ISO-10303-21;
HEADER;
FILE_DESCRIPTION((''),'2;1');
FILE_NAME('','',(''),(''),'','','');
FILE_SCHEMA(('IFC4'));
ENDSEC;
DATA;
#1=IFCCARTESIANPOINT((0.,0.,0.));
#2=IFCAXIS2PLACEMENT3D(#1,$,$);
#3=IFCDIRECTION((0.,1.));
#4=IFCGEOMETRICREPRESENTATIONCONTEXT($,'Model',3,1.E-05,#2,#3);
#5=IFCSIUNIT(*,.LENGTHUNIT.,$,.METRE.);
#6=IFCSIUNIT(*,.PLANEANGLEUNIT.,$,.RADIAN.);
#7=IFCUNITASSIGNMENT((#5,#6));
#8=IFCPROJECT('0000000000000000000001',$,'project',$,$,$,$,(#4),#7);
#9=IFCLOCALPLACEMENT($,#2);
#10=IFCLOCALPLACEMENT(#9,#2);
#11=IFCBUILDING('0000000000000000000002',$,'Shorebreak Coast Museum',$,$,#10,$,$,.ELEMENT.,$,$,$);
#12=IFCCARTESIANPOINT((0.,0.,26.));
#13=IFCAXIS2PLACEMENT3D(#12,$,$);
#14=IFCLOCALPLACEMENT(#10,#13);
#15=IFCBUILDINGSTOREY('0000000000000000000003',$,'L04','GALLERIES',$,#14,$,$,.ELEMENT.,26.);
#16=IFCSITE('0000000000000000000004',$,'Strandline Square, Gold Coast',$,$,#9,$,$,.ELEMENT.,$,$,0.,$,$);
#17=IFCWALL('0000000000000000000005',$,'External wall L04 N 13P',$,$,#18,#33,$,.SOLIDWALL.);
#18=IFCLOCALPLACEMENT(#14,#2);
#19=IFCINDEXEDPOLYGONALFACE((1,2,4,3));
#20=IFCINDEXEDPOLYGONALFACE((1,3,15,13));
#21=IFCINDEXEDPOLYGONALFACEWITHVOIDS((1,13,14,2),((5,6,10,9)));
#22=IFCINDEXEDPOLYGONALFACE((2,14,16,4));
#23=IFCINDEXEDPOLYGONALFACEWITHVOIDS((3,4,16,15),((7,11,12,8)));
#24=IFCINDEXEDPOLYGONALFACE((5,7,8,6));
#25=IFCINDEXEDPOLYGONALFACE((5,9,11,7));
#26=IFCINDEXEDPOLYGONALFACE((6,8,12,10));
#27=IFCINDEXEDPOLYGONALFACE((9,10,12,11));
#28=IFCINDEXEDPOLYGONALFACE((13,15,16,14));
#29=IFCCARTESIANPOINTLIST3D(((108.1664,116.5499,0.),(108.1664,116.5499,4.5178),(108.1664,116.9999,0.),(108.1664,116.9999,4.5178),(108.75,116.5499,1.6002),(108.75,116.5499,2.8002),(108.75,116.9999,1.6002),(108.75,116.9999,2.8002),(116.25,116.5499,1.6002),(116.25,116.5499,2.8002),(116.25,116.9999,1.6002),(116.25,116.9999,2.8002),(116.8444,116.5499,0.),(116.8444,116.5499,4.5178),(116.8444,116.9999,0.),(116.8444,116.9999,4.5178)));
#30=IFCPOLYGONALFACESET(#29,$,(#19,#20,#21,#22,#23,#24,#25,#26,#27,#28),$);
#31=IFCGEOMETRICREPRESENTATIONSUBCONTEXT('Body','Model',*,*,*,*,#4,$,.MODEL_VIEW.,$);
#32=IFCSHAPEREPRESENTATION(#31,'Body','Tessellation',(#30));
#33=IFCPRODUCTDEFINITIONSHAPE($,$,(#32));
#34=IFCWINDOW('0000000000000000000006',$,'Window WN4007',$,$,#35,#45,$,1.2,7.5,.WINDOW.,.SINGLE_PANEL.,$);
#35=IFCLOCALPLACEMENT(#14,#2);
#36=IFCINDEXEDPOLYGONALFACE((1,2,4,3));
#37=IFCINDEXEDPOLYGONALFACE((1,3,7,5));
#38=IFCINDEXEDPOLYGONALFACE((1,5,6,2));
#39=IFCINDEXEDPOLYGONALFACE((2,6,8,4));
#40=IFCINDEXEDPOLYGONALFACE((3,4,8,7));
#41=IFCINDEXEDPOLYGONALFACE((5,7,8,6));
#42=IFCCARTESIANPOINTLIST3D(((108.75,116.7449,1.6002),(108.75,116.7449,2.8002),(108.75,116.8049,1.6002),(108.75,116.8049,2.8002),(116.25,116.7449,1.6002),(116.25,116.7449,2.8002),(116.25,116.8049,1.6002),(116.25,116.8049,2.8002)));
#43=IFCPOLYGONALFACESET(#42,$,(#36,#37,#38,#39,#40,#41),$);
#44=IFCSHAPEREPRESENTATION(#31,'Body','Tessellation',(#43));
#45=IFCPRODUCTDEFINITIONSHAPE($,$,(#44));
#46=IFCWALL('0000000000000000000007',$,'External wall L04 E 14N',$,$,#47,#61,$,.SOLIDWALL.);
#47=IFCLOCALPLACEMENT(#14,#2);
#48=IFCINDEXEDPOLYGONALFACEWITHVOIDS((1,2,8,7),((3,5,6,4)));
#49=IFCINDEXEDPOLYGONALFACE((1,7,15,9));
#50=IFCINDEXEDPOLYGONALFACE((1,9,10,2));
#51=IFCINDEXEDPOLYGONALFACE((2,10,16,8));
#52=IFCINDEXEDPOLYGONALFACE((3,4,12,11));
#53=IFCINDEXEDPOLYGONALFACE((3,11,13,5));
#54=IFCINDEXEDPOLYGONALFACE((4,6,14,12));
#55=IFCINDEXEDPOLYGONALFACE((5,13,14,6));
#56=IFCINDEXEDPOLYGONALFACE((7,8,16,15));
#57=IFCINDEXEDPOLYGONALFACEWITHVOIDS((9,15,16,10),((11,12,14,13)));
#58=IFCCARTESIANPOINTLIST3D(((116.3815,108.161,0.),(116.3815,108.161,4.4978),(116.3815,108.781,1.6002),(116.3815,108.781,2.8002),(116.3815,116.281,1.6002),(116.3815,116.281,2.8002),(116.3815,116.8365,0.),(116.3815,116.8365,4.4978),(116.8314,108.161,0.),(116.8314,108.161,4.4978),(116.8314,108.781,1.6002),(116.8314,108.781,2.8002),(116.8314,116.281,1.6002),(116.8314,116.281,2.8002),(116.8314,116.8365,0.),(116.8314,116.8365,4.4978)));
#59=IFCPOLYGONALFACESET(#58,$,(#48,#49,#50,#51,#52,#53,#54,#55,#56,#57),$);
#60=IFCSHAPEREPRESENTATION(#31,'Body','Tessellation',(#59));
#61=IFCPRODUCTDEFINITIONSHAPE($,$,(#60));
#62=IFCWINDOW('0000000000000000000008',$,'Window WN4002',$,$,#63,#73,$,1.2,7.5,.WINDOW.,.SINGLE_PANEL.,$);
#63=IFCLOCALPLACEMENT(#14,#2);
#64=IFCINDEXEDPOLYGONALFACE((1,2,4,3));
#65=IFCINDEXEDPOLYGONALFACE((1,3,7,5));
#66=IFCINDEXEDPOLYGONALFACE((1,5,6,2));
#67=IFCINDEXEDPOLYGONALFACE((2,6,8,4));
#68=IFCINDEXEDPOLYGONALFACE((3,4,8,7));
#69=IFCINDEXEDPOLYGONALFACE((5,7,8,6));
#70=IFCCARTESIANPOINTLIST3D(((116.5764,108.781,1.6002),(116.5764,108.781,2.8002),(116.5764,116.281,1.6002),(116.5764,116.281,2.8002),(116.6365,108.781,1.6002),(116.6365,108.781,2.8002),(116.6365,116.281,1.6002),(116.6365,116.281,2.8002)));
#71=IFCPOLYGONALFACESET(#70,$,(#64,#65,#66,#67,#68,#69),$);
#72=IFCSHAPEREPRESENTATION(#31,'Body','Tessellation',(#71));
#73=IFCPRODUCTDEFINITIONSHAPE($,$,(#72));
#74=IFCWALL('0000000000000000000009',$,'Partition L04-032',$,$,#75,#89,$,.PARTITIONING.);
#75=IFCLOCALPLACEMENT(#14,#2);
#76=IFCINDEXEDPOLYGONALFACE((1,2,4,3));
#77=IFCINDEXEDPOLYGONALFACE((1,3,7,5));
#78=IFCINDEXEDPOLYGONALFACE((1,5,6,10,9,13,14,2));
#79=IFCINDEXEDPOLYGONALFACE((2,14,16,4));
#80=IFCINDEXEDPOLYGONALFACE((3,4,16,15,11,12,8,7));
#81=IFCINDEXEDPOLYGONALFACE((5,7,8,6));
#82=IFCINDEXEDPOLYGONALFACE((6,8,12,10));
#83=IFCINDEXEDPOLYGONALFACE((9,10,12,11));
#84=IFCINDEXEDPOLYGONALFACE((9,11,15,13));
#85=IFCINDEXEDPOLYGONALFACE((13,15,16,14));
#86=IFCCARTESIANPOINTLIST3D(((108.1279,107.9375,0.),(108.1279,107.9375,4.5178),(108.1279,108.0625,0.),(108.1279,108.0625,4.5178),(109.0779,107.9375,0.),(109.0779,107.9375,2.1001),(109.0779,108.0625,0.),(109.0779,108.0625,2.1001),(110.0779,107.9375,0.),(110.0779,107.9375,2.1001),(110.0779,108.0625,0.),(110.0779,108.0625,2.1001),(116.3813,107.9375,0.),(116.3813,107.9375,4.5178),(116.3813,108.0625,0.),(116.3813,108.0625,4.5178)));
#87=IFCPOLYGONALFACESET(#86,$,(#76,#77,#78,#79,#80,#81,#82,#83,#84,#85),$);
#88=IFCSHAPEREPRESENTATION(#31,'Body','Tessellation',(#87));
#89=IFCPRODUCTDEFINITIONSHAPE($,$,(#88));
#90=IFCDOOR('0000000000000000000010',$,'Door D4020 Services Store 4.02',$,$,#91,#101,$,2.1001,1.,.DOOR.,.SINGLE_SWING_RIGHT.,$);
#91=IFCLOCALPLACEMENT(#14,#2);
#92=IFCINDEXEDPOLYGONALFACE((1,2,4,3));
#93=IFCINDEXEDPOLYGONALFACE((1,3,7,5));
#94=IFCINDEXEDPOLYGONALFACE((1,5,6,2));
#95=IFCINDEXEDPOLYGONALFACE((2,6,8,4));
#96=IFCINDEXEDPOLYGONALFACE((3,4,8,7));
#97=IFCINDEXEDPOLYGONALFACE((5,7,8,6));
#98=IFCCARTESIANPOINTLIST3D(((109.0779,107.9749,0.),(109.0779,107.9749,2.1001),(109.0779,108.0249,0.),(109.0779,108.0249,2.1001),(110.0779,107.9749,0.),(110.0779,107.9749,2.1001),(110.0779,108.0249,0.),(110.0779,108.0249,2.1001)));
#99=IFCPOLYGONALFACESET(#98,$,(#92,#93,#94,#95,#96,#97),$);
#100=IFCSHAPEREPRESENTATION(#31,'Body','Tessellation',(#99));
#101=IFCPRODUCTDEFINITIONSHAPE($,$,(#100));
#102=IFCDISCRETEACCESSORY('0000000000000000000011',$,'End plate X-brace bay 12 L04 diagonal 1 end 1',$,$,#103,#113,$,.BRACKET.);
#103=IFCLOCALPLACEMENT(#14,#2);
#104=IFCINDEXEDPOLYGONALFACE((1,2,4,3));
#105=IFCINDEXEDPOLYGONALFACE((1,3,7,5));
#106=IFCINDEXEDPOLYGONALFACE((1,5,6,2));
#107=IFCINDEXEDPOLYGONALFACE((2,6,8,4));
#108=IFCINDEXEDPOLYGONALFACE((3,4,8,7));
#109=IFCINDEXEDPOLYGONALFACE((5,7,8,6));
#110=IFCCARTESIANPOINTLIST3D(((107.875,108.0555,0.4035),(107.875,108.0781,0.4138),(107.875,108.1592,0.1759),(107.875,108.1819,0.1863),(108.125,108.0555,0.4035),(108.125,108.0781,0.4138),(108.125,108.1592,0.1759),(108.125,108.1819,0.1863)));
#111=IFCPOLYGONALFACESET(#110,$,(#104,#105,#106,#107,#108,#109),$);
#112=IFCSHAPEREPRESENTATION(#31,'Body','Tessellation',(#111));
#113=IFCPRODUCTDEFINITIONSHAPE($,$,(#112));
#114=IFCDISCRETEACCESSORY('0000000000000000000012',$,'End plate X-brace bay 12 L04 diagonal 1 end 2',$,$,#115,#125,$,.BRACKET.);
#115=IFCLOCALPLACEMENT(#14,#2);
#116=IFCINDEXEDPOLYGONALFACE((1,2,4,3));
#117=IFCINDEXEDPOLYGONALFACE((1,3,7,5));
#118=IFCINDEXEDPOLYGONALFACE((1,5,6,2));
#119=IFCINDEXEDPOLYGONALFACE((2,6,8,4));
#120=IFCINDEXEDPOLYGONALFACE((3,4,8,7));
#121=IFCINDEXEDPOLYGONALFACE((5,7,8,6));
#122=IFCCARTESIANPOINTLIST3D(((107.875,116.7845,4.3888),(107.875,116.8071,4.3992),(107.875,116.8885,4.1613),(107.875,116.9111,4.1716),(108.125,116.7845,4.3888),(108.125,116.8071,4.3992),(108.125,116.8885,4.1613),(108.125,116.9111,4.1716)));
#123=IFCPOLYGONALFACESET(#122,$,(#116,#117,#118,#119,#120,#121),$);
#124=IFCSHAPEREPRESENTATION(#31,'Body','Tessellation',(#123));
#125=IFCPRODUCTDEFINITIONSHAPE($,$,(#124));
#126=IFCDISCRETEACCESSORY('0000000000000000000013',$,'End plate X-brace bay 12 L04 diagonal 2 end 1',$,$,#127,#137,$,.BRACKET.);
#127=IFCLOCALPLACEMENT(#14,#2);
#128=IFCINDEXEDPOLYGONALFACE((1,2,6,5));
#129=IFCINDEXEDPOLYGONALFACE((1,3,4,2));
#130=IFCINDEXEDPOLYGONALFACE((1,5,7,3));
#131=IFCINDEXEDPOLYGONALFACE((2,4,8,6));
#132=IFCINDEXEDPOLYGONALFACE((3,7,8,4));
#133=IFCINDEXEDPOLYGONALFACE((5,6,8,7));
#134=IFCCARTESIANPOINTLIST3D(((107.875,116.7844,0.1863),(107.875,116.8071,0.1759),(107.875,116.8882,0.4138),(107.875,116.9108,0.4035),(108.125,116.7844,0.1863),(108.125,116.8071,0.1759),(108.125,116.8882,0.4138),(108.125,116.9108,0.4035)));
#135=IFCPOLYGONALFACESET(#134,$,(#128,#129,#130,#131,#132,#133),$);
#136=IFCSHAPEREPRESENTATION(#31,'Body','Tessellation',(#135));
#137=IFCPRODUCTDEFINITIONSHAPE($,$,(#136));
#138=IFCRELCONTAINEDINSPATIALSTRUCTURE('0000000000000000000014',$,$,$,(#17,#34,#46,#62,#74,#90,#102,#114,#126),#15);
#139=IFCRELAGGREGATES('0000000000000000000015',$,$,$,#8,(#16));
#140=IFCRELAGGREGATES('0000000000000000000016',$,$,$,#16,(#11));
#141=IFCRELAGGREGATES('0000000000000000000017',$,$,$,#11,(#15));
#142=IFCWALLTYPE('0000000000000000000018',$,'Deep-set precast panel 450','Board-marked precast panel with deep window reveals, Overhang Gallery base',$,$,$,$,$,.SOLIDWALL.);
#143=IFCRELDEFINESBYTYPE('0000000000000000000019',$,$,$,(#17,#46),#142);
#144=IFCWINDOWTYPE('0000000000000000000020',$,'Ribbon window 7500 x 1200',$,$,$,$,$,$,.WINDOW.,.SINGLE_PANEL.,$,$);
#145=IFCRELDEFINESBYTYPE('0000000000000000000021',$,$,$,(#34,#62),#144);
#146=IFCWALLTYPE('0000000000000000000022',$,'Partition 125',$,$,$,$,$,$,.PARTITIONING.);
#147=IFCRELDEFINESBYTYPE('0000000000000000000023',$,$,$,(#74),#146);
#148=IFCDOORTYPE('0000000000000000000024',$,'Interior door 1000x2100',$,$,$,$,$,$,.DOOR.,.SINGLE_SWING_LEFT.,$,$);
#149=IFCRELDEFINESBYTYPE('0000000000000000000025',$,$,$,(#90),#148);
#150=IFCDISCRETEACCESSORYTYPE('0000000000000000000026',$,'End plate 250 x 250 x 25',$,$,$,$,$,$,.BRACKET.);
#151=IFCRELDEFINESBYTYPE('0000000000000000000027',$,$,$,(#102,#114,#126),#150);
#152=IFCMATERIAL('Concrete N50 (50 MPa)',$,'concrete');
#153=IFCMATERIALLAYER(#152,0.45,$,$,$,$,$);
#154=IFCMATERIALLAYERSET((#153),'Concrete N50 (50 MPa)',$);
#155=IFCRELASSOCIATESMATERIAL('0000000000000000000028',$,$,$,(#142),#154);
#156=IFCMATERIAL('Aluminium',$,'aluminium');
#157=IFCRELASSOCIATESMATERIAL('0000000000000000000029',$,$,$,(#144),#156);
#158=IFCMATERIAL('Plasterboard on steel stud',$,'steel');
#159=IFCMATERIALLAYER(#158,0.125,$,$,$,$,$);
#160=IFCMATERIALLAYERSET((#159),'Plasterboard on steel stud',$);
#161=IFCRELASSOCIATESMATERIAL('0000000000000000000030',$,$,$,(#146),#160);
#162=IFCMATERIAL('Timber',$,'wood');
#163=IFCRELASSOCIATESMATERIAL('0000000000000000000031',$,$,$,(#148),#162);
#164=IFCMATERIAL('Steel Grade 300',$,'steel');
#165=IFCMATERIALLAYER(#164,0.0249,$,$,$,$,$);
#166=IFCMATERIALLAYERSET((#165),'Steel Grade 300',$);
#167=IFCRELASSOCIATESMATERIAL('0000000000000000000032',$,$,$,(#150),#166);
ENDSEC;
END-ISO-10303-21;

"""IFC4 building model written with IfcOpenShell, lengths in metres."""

from ifc_helpers import new_model, si_unit, direction, frame, frame_2d, origin, place, context, subcontext, project, spatial, polyline, rectangle, outline, extrude, material, layer, layer_set, type_object, element, fill, save


model = new_model("IFC4")

# Units and contexts
model_context = context("Model", 3, precision=1e-05, world=origin(), true_north=direction((0.0, 1.0)))
body_context = subcontext(model_context, "Body", "Model", "MODEL_VIEW")
ifc_project = project(units=[si_unit("LENGTHUNIT", "METRE"), si_unit("PLANEANGLEUNIT", "RADIAN")], contexts=[model_context])

# Site, building, storey
site_placement = place(None, origin())
site = spatial("IfcSite", under=ifc_project, at=site_placement, Name="Strandline Square, Gold Coast", CompositionType="ELEMENT", RefElevation=0.0)
building_placement = place(site_placement, origin())
building = spatial("IfcBuilding", under=site, at=building_placement, Name="Shorebreak Coast Museum", CompositionType="ELEMENT")
storey_placement = place(building_placement, frame((0.0, 0.0, 26.0)))
storey = spatial("IfcBuildingStorey", under=building, at=storey_placement, Name="L04", Description="GALLERIES", CompositionType="ELEMENT", Elevation=26.0)

# Walls, openings, windows
ifc_material_1 = material(Name="Concrete N50 (50 MPa)", Category="concrete")
ifc_layer_1 = layer(ifc_material_1, 0.45)
ifc_layer_set_1 = layer_set([ifc_layer_1], Name="Concrete N50 (50 MPa)")
wall_type_1 = type_object("IfcWallType", Name="Deep-set precast panel 450", Description="Board-marked precast panel with deep window reveals, Overhang Gallery base", PredefinedType="SOLIDWALL", material=ifc_layer_set_1)
wall_1_placement = place(storey_placement, frame((108.1665, 116.7749, 0.0), z_axis=(0.0, 0.0, 1.0), x_axis=(1.0, 0.0, 0.0)))
wall_1 = element("IfcWall", 1, at=wall_1_placement, inside=storey, type_object=wall_type_1, Name="External wall L04 N 13P", PredefinedType="SOLIDWALL", context=body_context, shape_type="SweptSolid", body=[
    extrude(rectangle(XDim=8.678, YDim=0.45, at=frame_2d((4.3389, 0.0))), origin(), (0.0, 0.0, 1.0), 4.5178),
])
opening_1_placement = place(wall_1_placement, frame((0.5835, 0.0, 1.6001)))
opening_1 = element("IfcOpeningElement", 2, at=opening_1_placement, cuts=wall_1, PredefinedType="OPENING", context=body_context, shape_type="SweptSolid", body=[
    extrude(rectangle(XDim=7.5, YDim=1.2, at=frame_2d((3.75, 0.6001))), frame((0.0, 0.2349, 0.0), z_axis=(0.0, -1.0, 0.0), x_axis=(1.0, 0.0, 0.0)), (0.0, 0.0, 1.0), 0.47),
])
ifc_material_2 = material(Name="Aluminium", Category="aluminium")
window_type = type_object("IfcWindowType", Name="Ribbon window 7500 x 1200", PartitioningType="SINGLE_PANEL", PredefinedType="WINDOW", material=ifc_material_2)
window_1_placement = place(opening_1_placement, origin())
window_1 = element("IfcWindow", 3, at=window_1_placement, inside=storey, type_object=window_type, Name="Window WN4007", OverallHeight=1.2, OverallWidth=7.5, PartitioningType="SINGLE_PANEL", PredefinedType="WINDOW", context=body_context, shape_type="SweptSolid", body=[
    extrude(rectangle(XDim=7.5, YDim=1.2, at=frame_2d((3.75, 0.6001))), frame((0.0, 0.03, 0.0), z_axis=(0.0, -1.0, 0.0), x_axis=(1.0, 0.0, 0.0)), (0.0, 0.0, 1.0), 0.0601),
])
fill(opening_1, window_1)
wall_2_placement = place(storey_placement, frame((116.6064, 108.1609, 0.0), z_axis=(0.0, 0.0, 1.0), x_axis=(0.0, 1.0, 0.0)))
wall_2 = element("IfcWall", 4, at=wall_2_placement, inside=storey, type_object=wall_type_1, Name="External wall L04 E 14N", PredefinedType="SOLIDWALL", context=body_context, shape_type="SweptSolid", body=[
    extrude(rectangle(XDim=8.6755, YDim=0.45, at=frame_2d((4.3379, 0.0))), origin(), (0.0, 0.0, 1.0), 4.4978),
])
opening_2_placement = place(wall_2_placement, frame((0.6201, 0.0, 1.6001)))
opening_2 = element("IfcOpeningElement", 5, at=opening_2_placement, cuts=wall_2, PredefinedType="OPENING", context=body_context, shape_type="SweptSolid", body=[
    extrude(rectangle(XDim=7.5, YDim=1.2, at=frame_2d((3.75, 0.6001))), frame((0.0, 0.2349, 0.0), z_axis=(0.0, -1.0, 0.0), x_axis=(1.0, 0.0, 0.0)), (0.0, 0.0, 1.0), 0.47),
])
window_2_placement = place(opening_2_placement, origin())
window_2 = element("IfcWindow", 6, at=window_2_placement, inside=storey, type_object=window_type, Name="Window WN4002", OverallHeight=1.2, OverallWidth=7.5, PartitioningType="SINGLE_PANEL", PredefinedType="WINDOW", context=body_context, shape_type="SweptSolid", body=[
    extrude(rectangle(XDim=7.5, YDim=1.2, at=frame_2d((3.75, 0.6001))), frame((0.0, 0.03, 0.0), z_axis=(0.0, -1.0, 0.0), x_axis=(1.0, 0.0, 0.0)), (0.0, 0.0, 1.0), 0.0601),
])
fill(opening_2, window_2)

# Wall, opening, door
ifc_material_3 = material(Name="Plasterboard on steel stud", Category="steel")
ifc_layer_2 = layer(ifc_material_3, 0.125)
ifc_layer_set_2 = layer_set([ifc_layer_2], Name="Plasterboard on steel stud")
wall_type_2 = type_object("IfcWallType", Name="Partition 125", PredefinedType="PARTITIONING", material=ifc_layer_set_2)
wall_3_placement = place(storey_placement, frame((108.1279, 108.0, 0.0), z_axis=(0.0, 0.0, 1.0), x_axis=(1.0, 0.0, 0.0)))
wall_3 = element("IfcWall", 7, at=wall_3_placement, inside=storey, type_object=wall_type_2, Name="Partition L04-032", PredefinedType="PARTITIONING", context=body_context, shape_type="SweptSolid", body=[
    extrude(rectangle(XDim=8.2534, YDim=0.125, at=frame_2d((4.1267, 0.0))), origin(), (0.0, 0.0, 1.0), 4.5178),
])
opening_3_placement = place(wall_3_placement, frame((0.95, 0.0, 0.0)))
opening_3 = element("IfcOpeningElement", 8, at=opening_3_placement, cuts=wall_3, PredefinedType="OPENING", context=body_context, shape_type="SweptSolid", body=[
    extrude(rectangle(XDim=1.0, YDim=2.1001, at=frame_2d((0.5, 1.05))), frame((0.0, 0.0725, 0.0), z_axis=(0.0, -1.0, 0.0), x_axis=(1.0, 0.0, 0.0)), (0.0, 0.0, 1.0), 0.145),
])
ifc_material_4 = material(Name="Timber", Category="wood")
door_type = type_object("IfcDoorType", Name="Interior door 1000x2100", OperationType="SINGLE_SWING_LEFT", PredefinedType="DOOR", material=ifc_material_4)
door_placement = place(opening_3_placement, origin())
door = element("IfcDoor", 9, at=door_placement, inside=storey, type_object=door_type, Name="Door D4020 Services Store 4.02", OperationType="SINGLE_SWING_RIGHT", OverallHeight=2.1001, OverallWidth=1.0, PredefinedType="DOOR", context=body_context, shape_type="SweptSolid", body=[
    extrude(rectangle(XDim=1.0, YDim=2.1001, at=frame_2d((0.5, 1.05))), frame((0.0, 0.0249, 0.0), z_axis=(0.0, -1.0, 0.0), x_axis=(1.0, 0.0, 0.0)), (0.0, 0.0, 1.0), 0.05),
])
fill(opening_3, door)

# Discrete accessories
ifc_material_5 = material(Name="Steel Grade 300", Category="steel")
ifc_layer_3 = layer(ifc_material_5, 0.0249)
ifc_layer_set_3 = layer_set([ifc_layer_3], Name="Steel Grade 300")
discrete_accessory_type = type_object("IfcDiscreteAccessoryType", Name="End plate 250 x 250 x 25", PredefinedType="BRACKET", material=ifc_layer_set_3)
discrete_accessory_1_placement = place(storey_placement, frame((108.125, 108.1819, 0.1863), z_axis=(0.0, 0.909864, 0.414906), x_axis=(-1.0, 0.0, 0.0)))
element("IfcDiscreteAccessory", 10, at=discrete_accessory_1_placement, inside=storey, type_object=discrete_accessory_type, Name="End plate X-brace bay 12 L04 diagonal 1 end 1", PredefinedType="BRACKET", context=body_context, shape_type="SweptSolid", body=[
    extrude(outline(polyline([(0.0, 0.0), (0.25, 0.0), (0.25, 0.2501), (0.0, 0.2501), (0.0, 0.0)])), origin(), (0.0, 0.0, -1.0), 0.0249),
])
discrete_accessory_2_placement = place(storey_placement, frame((108.125, 116.9111, 4.1716), z_axis=(0.0, 0.909496, 0.415714), x_axis=(-1.0, 0.0, 0.0)))
element("IfcDiscreteAccessory", 11, at=discrete_accessory_2_placement, inside=storey, type_object=discrete_accessory_type, Name="End plate X-brace bay 12 L04 diagonal 1 end 2", PredefinedType="BRACKET", context=body_context, shape_type="SweptSolid", body=[
    extrude(outline(polyline([(0.0, 0.0), (0.25, 0.0), (0.25, 0.2502), (0.0, 0.2502), (0.0, 0.0)])), origin(), (0.0, 0.0, -1.0), 0.0249),
])
discrete_accessory_3_placement = place(storey_placement, frame((107.875, 116.7844, 0.1863), z_axis=(0.0, -0.909864, 0.414906), x_axis=(1.0, 0.0, 0.0)))
element("IfcDiscreteAccessory", 12, at=discrete_accessory_3_placement, inside=storey, type_object=discrete_accessory_type, Name="End plate X-brace bay 12 L04 diagonal 2 end 1", PredefinedType="BRACKET", context=body_context, shape_type="SweptSolid", body=[
    extrude(outline(polyline([(0.0, 0.0), (0.25, 0.0), (0.25, 0.2501), (0.0, 0.2501), (0.0, 0.0)])), origin(), (0.0, 0.0, -1.0), 0.0249),
])

save(model, "model.ifc")
